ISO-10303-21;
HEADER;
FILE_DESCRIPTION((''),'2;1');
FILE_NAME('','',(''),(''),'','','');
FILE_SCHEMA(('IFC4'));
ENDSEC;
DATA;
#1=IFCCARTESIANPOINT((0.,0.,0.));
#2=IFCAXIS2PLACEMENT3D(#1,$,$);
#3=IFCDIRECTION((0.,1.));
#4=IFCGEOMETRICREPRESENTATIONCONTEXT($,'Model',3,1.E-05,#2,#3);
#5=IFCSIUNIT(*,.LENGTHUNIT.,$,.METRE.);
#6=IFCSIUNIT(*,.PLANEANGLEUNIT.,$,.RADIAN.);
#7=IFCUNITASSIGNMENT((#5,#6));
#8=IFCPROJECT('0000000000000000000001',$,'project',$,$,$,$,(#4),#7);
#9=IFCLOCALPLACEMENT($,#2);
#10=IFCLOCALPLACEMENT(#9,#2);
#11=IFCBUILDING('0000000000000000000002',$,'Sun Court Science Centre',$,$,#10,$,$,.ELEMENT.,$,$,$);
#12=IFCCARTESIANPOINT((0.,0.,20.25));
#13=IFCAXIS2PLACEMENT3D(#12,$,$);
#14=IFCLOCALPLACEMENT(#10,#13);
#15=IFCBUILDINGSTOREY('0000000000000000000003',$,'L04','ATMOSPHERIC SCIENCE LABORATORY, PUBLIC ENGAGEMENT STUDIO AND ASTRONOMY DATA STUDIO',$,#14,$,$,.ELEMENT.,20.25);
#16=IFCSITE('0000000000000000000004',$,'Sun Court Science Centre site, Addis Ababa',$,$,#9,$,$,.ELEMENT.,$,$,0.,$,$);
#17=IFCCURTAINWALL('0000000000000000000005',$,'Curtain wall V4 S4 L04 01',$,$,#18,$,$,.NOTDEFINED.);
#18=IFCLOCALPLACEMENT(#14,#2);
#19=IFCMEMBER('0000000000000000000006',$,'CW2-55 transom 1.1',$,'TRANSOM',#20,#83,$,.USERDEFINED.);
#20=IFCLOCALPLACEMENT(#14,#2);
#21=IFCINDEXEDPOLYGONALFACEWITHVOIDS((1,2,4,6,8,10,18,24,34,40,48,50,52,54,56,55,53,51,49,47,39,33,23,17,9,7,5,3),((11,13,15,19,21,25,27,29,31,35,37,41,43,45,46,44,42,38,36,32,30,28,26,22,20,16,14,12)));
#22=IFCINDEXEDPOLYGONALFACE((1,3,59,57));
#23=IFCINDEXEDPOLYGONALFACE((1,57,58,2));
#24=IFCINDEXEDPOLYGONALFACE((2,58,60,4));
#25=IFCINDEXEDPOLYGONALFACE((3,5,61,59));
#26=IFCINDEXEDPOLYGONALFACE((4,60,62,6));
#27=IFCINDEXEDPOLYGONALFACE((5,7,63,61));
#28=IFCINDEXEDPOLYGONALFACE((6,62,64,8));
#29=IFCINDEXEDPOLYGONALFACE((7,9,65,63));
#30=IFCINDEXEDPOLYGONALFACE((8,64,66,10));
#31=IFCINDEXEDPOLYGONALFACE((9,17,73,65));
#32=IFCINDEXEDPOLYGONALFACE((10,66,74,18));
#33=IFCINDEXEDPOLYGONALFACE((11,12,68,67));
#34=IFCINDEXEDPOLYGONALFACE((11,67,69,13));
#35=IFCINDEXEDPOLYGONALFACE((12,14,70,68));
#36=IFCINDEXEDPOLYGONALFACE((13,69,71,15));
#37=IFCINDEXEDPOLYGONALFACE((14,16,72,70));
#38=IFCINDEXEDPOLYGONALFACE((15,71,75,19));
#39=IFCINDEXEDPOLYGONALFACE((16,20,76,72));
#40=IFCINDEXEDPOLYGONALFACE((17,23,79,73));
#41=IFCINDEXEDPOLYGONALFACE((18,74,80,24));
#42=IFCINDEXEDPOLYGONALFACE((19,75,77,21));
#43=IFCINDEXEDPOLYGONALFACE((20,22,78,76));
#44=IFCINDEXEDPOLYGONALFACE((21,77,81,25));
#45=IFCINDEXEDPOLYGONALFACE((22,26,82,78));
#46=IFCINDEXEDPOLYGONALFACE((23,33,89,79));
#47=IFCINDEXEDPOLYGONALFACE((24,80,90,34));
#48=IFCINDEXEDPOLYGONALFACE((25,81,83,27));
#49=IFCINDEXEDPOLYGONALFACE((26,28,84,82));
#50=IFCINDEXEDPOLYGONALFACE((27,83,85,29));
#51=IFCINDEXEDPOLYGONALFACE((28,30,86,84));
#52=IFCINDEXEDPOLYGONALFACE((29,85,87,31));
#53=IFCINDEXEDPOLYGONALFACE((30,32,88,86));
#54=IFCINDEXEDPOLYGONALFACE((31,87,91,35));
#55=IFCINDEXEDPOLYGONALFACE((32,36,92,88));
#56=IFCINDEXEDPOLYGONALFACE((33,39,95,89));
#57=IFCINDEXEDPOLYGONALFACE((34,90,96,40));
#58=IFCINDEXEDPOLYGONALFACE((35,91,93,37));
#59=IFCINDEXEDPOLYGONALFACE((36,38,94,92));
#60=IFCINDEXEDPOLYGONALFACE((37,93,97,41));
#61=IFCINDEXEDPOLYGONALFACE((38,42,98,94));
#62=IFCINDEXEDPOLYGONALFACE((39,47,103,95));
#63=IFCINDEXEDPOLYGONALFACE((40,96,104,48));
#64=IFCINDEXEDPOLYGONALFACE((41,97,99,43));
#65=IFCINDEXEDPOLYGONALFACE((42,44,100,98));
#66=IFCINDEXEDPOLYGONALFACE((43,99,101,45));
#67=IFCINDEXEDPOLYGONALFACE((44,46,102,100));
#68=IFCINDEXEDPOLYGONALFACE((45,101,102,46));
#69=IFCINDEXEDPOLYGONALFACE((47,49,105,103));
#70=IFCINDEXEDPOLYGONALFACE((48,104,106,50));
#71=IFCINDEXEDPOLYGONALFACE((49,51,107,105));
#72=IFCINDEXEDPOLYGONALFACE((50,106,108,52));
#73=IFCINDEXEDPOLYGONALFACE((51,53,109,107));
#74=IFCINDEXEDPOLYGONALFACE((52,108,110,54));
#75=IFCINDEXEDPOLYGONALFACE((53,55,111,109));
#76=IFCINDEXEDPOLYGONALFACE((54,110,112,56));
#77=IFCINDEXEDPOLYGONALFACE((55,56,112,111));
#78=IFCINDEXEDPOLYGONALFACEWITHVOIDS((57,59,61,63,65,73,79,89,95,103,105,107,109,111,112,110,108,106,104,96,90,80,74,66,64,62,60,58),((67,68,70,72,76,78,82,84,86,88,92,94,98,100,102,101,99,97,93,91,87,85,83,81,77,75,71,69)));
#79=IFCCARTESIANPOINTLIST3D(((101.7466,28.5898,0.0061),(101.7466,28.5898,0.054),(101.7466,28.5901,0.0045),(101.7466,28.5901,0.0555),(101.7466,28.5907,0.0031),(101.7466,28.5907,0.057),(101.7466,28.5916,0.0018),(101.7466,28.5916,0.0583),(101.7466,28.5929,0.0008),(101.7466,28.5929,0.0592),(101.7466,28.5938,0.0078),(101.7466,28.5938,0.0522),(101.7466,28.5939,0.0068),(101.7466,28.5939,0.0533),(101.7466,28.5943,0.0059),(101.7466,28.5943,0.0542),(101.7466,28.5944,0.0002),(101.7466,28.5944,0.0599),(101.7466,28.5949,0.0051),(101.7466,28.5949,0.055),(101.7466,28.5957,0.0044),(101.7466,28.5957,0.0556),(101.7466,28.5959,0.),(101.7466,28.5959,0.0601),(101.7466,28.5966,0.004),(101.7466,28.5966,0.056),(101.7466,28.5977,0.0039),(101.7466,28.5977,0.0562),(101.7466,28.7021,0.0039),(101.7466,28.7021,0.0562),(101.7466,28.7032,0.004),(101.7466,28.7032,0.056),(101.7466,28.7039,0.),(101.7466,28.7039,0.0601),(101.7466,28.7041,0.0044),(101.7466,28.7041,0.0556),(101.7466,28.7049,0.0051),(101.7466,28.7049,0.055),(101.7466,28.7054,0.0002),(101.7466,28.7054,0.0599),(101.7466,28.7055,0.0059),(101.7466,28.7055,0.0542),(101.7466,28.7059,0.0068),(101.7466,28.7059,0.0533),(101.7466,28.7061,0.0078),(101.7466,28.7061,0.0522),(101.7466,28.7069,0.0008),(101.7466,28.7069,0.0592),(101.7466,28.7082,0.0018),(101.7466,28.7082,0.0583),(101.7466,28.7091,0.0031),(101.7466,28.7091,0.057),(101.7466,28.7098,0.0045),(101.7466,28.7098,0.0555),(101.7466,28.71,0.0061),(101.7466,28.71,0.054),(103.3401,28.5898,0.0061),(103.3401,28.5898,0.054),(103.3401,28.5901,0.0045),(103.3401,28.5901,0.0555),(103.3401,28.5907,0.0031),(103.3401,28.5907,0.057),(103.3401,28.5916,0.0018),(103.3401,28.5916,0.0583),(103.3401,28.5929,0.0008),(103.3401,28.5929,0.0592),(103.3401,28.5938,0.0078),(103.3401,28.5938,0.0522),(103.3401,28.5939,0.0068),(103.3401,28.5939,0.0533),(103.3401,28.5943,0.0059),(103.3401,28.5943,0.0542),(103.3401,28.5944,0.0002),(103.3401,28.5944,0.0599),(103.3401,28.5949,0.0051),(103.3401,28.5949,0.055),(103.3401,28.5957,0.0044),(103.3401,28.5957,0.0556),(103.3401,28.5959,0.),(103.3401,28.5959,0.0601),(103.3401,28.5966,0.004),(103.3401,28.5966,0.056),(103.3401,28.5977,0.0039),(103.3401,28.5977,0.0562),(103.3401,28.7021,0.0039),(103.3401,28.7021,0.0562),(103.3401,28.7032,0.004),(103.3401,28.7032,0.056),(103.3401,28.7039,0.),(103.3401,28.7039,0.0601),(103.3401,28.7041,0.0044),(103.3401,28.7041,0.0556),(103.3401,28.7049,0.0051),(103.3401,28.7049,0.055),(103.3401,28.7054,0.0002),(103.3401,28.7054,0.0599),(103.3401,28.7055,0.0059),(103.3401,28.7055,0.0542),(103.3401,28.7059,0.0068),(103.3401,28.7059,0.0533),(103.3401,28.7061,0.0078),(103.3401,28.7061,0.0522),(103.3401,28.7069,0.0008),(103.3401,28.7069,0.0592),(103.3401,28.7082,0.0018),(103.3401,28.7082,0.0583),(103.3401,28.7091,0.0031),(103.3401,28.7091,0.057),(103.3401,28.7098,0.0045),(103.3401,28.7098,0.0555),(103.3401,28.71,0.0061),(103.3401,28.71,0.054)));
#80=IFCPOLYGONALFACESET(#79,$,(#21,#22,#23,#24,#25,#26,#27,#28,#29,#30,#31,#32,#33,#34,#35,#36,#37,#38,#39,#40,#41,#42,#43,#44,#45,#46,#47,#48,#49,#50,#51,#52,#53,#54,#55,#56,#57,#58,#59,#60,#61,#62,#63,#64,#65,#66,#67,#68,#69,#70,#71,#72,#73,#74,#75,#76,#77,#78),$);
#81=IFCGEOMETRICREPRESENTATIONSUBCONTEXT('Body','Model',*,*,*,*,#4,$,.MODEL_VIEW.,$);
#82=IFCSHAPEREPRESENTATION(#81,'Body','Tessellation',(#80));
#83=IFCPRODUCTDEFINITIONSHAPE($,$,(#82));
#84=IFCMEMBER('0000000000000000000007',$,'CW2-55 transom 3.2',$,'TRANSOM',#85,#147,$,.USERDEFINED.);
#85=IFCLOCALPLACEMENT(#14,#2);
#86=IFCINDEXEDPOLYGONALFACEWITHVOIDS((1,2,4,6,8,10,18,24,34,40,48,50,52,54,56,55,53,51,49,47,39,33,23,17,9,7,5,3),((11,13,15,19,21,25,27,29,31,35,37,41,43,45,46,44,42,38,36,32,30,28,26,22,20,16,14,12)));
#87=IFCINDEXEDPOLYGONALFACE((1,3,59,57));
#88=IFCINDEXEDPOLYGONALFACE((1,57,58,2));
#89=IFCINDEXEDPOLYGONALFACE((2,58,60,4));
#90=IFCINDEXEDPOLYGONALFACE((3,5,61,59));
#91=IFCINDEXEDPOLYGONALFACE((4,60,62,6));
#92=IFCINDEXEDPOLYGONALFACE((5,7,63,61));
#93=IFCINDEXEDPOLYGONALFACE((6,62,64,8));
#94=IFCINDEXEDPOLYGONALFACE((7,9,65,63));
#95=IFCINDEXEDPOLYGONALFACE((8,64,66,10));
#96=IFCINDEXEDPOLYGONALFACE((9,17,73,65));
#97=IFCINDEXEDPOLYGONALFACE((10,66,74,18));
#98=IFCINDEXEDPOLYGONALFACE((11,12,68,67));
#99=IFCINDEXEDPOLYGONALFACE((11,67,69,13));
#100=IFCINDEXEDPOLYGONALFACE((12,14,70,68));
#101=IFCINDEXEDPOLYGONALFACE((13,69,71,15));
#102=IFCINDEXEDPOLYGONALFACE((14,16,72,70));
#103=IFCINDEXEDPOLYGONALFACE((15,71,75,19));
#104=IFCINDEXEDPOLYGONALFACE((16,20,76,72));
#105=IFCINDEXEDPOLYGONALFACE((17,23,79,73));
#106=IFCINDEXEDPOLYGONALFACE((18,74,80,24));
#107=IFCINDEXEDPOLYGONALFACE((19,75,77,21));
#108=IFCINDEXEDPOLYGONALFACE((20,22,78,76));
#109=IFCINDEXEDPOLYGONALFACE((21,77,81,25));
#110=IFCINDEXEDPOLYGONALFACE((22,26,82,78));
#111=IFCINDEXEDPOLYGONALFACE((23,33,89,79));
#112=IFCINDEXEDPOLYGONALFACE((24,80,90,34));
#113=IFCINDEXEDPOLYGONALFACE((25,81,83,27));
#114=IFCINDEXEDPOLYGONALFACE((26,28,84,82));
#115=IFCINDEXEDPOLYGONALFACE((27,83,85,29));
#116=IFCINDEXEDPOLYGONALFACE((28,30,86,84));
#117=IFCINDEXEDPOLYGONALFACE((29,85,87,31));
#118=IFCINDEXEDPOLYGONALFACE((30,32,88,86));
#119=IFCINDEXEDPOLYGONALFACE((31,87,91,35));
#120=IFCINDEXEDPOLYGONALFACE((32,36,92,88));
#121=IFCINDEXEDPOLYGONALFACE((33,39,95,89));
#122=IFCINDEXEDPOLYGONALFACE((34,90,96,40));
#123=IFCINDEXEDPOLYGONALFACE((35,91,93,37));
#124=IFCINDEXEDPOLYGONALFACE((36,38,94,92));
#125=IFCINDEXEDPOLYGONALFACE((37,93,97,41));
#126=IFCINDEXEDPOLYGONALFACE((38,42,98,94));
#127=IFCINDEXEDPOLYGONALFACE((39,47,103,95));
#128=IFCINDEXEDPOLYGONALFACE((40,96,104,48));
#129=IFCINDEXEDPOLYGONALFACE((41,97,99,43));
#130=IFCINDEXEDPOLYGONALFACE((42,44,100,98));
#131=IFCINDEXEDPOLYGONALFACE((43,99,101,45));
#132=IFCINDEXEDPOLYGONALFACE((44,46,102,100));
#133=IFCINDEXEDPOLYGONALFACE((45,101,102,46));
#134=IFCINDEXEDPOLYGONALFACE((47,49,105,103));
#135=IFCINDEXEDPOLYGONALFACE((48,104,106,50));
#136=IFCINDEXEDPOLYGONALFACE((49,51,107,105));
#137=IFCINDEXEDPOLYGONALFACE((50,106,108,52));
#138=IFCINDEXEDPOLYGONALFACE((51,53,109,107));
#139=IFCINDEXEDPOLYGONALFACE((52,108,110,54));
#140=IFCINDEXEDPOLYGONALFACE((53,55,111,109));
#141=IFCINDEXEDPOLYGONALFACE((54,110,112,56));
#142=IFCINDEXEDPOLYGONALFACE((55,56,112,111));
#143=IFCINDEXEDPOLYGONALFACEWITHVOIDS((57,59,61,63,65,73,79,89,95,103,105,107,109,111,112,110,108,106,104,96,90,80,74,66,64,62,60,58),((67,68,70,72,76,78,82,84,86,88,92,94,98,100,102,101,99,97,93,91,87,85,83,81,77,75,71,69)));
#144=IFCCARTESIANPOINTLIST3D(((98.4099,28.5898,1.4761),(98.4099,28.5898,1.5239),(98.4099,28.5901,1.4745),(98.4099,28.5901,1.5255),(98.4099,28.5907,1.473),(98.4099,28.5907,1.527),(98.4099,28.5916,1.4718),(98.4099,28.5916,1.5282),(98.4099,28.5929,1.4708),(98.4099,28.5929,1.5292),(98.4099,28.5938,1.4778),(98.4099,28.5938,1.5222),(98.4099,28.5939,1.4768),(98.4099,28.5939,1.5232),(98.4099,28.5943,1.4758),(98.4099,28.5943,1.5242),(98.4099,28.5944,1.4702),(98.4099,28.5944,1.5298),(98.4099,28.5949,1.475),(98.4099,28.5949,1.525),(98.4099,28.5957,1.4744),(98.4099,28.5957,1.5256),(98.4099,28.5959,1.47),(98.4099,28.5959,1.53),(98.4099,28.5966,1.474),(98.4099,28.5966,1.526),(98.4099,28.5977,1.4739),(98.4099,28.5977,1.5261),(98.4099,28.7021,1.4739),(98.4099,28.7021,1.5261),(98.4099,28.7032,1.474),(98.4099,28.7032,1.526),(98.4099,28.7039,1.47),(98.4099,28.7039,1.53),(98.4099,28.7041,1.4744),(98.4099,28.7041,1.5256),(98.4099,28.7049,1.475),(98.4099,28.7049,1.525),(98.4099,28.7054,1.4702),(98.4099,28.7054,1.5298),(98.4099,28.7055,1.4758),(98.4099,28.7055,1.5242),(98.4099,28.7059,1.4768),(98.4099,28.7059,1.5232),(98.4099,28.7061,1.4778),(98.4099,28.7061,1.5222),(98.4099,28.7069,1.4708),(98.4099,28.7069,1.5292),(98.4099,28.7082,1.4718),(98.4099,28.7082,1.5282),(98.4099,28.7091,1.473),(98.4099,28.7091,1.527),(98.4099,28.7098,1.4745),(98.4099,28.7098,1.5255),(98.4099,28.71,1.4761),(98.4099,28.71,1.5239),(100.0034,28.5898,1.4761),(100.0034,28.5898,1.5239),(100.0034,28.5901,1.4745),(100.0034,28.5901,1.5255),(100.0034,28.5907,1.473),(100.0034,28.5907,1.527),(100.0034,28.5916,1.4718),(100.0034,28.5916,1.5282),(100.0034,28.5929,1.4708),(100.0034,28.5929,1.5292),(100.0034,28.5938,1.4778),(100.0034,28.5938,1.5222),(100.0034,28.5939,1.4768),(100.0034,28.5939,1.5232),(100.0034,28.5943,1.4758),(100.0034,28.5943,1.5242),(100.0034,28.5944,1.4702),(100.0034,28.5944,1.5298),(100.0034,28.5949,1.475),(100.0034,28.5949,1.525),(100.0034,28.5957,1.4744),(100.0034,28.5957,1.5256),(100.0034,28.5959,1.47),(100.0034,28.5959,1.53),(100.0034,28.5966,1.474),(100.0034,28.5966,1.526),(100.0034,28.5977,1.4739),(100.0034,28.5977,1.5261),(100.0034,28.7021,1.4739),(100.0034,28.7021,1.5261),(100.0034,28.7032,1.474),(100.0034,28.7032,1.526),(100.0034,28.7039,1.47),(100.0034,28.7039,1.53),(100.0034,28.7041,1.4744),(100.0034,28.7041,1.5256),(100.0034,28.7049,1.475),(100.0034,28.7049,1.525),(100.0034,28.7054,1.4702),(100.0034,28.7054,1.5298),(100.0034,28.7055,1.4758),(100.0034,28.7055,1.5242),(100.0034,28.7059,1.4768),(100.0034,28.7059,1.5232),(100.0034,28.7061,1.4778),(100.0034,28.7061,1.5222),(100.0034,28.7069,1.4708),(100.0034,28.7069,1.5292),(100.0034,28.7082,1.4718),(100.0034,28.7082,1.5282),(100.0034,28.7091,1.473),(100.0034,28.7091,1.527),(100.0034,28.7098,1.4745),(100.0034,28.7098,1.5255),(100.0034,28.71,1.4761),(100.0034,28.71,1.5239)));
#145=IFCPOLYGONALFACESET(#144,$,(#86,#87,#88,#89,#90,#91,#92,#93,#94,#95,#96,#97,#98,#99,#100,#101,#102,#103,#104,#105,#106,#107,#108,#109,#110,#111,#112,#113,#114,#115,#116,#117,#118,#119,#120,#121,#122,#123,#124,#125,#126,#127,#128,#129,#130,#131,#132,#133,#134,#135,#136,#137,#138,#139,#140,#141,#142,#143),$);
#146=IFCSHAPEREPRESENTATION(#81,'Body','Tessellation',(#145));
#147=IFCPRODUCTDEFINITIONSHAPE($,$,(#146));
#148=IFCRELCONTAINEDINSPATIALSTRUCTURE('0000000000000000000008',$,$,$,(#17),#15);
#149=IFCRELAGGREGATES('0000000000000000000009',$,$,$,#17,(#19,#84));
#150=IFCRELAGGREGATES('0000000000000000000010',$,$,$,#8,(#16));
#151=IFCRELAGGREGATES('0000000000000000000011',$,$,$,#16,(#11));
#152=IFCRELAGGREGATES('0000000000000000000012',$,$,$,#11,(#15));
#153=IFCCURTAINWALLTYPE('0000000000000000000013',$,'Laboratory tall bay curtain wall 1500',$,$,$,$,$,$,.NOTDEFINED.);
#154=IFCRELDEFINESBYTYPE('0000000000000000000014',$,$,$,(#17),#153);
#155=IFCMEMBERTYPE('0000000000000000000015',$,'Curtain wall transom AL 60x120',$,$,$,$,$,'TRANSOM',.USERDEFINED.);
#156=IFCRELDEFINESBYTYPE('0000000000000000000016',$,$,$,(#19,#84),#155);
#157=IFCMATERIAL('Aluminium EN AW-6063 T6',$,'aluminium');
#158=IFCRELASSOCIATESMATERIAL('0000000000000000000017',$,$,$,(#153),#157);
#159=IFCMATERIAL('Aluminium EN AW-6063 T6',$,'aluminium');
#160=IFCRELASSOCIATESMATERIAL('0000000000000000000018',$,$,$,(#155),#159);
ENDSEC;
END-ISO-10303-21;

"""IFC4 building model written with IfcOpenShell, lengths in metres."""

from ifc_helpers import new_model, si_unit, direction, frame, origin, origin_2d, place, context, subcontext, project, spatial, hollow_rectangle, extrude, material, material_profile, profile_set, type_object, element, aggregate, save


model = new_model("IFC4")

# Units and contexts
model_context = context("Model", 3, precision=1e-05, world=origin(), true_north=direction((0.0, 1.0)))
body_context = subcontext(model_context, "Body", "Model", "MODEL_VIEW")
ifc_project = project(units=[si_unit("LENGTHUNIT", "METRE"), si_unit("PLANEANGLEUNIT", "RADIAN")], contexts=[model_context])

# Site, building, storey
site_placement = place(None, origin())
site = spatial("IfcSite", under=ifc_project, at=site_placement, Name="Sun Court Science Centre site, Addis Ababa", CompositionType="ELEMENT", RefElevation=0.0)
building_placement = place(site_placement, origin())
building = spatial("IfcBuilding", under=site, at=building_placement, Name="Sun Court Science Centre", CompositionType="ELEMENT")
storey_placement = place(building_placement, frame((0.0, 0.0, 20.25)))
storey = spatial("IfcBuildingStorey", under=building, at=storey_placement, Name="L04", Description="ATMOSPHERIC SCIENCE LABORATORY, PUBLIC ENGAGEMENT STUDIO AND ASTRONOMY DATA STUDIO", CompositionType="ELEMENT", Elevation=20.25)

# Curtain wall, members
ifc_material_1 = material(Name="Aluminium EN AW-6063 T6", Category="aluminium")
curtain_wall_type = type_object("IfcCurtainWallType", Name="Laboratory tall bay curtain wall 1500", PredefinedType="NOTDEFINED", material=ifc_material_1)
curtain_wall_placement = place(storey_placement, origin())
curtain_wall = element("IfcCurtainWall", 1, at=curtain_wall_placement, inside=storey, type_object=curtain_wall_type, Name="Curtain wall V4 S4 L04 01", PredefinedType="NOTDEFINED")
ifc_material_2 = material(Name="Aluminium EN AW-6063 T6", Category="aluminium")
ifc_material_profile_1 = material_profile(ifc_material_2, hollow_rectangle(XDim=0.0601, YDim=0.1201, WallThickness=0.0039, InnerFilletRadius=0.0039, OuterFilletRadius=0.0061, at=origin_2d()), Name="AL 60x120x4")
ifc_profile_set_1 = profile_set([ifc_material_profile_1], Name="Aluminium EN AW-6063 T6")
member_type_1 = type_object("IfcMemberType", Name="Curtain wall transom AL 60x120", ElementType="TRANSOM", PredefinedType="USERDEFINED", material=ifc_profile_set_1)
member_1_placement = place(storey_placement, frame((103.3401, 28.6499, 0.03), z_axis=(-1.0, 0.0, 0.0), x_axis=(0.0, 0.0, 1.0)))
member_1 = element("IfcMember", 2, at=member_1_placement, type_object=member_type_1, Name="CW2-55 transom 1.1", ObjectType="TRANSOM", PredefinedType="USERDEFINED", context=body_context, shape_type="SweptSolid", body=[
    extrude(hollow_rectangle(XDim=0.0601, YDim=0.1201, WallThickness=0.0039, InnerFilletRadius=0.0039, OuterFilletRadius=0.0061, at=origin_2d()), origin(), (0.0, 0.0, 1.0), 1.5935),
])
member_2_placement = place(storey_placement, frame((100.0034, 28.6499, 1.5), z_axis=(-1.0, 0.0, 0.0), x_axis=(0.0, 0.0, 1.0)))
member_2 = element("IfcMember", 3, at=member_2_placement, type_object=member_type_1, Name="CW2-55 transom 3.2", ObjectType="TRANSOM", PredefinedType="USERDEFINED", context=body_context, shape_type="SweptSolid", body=[
    extrude(hollow_rectangle(XDim=0.0601, YDim=0.1201, WallThickness=0.0039, InnerFilletRadius=0.0039, OuterFilletRadius=0.0061, at=origin_2d()), origin(), (0.0, 0.0, 1.0), 1.5935),
])

aggregate(curtain_wall, [member_1, member_2])

save(model, "model.ifc")
